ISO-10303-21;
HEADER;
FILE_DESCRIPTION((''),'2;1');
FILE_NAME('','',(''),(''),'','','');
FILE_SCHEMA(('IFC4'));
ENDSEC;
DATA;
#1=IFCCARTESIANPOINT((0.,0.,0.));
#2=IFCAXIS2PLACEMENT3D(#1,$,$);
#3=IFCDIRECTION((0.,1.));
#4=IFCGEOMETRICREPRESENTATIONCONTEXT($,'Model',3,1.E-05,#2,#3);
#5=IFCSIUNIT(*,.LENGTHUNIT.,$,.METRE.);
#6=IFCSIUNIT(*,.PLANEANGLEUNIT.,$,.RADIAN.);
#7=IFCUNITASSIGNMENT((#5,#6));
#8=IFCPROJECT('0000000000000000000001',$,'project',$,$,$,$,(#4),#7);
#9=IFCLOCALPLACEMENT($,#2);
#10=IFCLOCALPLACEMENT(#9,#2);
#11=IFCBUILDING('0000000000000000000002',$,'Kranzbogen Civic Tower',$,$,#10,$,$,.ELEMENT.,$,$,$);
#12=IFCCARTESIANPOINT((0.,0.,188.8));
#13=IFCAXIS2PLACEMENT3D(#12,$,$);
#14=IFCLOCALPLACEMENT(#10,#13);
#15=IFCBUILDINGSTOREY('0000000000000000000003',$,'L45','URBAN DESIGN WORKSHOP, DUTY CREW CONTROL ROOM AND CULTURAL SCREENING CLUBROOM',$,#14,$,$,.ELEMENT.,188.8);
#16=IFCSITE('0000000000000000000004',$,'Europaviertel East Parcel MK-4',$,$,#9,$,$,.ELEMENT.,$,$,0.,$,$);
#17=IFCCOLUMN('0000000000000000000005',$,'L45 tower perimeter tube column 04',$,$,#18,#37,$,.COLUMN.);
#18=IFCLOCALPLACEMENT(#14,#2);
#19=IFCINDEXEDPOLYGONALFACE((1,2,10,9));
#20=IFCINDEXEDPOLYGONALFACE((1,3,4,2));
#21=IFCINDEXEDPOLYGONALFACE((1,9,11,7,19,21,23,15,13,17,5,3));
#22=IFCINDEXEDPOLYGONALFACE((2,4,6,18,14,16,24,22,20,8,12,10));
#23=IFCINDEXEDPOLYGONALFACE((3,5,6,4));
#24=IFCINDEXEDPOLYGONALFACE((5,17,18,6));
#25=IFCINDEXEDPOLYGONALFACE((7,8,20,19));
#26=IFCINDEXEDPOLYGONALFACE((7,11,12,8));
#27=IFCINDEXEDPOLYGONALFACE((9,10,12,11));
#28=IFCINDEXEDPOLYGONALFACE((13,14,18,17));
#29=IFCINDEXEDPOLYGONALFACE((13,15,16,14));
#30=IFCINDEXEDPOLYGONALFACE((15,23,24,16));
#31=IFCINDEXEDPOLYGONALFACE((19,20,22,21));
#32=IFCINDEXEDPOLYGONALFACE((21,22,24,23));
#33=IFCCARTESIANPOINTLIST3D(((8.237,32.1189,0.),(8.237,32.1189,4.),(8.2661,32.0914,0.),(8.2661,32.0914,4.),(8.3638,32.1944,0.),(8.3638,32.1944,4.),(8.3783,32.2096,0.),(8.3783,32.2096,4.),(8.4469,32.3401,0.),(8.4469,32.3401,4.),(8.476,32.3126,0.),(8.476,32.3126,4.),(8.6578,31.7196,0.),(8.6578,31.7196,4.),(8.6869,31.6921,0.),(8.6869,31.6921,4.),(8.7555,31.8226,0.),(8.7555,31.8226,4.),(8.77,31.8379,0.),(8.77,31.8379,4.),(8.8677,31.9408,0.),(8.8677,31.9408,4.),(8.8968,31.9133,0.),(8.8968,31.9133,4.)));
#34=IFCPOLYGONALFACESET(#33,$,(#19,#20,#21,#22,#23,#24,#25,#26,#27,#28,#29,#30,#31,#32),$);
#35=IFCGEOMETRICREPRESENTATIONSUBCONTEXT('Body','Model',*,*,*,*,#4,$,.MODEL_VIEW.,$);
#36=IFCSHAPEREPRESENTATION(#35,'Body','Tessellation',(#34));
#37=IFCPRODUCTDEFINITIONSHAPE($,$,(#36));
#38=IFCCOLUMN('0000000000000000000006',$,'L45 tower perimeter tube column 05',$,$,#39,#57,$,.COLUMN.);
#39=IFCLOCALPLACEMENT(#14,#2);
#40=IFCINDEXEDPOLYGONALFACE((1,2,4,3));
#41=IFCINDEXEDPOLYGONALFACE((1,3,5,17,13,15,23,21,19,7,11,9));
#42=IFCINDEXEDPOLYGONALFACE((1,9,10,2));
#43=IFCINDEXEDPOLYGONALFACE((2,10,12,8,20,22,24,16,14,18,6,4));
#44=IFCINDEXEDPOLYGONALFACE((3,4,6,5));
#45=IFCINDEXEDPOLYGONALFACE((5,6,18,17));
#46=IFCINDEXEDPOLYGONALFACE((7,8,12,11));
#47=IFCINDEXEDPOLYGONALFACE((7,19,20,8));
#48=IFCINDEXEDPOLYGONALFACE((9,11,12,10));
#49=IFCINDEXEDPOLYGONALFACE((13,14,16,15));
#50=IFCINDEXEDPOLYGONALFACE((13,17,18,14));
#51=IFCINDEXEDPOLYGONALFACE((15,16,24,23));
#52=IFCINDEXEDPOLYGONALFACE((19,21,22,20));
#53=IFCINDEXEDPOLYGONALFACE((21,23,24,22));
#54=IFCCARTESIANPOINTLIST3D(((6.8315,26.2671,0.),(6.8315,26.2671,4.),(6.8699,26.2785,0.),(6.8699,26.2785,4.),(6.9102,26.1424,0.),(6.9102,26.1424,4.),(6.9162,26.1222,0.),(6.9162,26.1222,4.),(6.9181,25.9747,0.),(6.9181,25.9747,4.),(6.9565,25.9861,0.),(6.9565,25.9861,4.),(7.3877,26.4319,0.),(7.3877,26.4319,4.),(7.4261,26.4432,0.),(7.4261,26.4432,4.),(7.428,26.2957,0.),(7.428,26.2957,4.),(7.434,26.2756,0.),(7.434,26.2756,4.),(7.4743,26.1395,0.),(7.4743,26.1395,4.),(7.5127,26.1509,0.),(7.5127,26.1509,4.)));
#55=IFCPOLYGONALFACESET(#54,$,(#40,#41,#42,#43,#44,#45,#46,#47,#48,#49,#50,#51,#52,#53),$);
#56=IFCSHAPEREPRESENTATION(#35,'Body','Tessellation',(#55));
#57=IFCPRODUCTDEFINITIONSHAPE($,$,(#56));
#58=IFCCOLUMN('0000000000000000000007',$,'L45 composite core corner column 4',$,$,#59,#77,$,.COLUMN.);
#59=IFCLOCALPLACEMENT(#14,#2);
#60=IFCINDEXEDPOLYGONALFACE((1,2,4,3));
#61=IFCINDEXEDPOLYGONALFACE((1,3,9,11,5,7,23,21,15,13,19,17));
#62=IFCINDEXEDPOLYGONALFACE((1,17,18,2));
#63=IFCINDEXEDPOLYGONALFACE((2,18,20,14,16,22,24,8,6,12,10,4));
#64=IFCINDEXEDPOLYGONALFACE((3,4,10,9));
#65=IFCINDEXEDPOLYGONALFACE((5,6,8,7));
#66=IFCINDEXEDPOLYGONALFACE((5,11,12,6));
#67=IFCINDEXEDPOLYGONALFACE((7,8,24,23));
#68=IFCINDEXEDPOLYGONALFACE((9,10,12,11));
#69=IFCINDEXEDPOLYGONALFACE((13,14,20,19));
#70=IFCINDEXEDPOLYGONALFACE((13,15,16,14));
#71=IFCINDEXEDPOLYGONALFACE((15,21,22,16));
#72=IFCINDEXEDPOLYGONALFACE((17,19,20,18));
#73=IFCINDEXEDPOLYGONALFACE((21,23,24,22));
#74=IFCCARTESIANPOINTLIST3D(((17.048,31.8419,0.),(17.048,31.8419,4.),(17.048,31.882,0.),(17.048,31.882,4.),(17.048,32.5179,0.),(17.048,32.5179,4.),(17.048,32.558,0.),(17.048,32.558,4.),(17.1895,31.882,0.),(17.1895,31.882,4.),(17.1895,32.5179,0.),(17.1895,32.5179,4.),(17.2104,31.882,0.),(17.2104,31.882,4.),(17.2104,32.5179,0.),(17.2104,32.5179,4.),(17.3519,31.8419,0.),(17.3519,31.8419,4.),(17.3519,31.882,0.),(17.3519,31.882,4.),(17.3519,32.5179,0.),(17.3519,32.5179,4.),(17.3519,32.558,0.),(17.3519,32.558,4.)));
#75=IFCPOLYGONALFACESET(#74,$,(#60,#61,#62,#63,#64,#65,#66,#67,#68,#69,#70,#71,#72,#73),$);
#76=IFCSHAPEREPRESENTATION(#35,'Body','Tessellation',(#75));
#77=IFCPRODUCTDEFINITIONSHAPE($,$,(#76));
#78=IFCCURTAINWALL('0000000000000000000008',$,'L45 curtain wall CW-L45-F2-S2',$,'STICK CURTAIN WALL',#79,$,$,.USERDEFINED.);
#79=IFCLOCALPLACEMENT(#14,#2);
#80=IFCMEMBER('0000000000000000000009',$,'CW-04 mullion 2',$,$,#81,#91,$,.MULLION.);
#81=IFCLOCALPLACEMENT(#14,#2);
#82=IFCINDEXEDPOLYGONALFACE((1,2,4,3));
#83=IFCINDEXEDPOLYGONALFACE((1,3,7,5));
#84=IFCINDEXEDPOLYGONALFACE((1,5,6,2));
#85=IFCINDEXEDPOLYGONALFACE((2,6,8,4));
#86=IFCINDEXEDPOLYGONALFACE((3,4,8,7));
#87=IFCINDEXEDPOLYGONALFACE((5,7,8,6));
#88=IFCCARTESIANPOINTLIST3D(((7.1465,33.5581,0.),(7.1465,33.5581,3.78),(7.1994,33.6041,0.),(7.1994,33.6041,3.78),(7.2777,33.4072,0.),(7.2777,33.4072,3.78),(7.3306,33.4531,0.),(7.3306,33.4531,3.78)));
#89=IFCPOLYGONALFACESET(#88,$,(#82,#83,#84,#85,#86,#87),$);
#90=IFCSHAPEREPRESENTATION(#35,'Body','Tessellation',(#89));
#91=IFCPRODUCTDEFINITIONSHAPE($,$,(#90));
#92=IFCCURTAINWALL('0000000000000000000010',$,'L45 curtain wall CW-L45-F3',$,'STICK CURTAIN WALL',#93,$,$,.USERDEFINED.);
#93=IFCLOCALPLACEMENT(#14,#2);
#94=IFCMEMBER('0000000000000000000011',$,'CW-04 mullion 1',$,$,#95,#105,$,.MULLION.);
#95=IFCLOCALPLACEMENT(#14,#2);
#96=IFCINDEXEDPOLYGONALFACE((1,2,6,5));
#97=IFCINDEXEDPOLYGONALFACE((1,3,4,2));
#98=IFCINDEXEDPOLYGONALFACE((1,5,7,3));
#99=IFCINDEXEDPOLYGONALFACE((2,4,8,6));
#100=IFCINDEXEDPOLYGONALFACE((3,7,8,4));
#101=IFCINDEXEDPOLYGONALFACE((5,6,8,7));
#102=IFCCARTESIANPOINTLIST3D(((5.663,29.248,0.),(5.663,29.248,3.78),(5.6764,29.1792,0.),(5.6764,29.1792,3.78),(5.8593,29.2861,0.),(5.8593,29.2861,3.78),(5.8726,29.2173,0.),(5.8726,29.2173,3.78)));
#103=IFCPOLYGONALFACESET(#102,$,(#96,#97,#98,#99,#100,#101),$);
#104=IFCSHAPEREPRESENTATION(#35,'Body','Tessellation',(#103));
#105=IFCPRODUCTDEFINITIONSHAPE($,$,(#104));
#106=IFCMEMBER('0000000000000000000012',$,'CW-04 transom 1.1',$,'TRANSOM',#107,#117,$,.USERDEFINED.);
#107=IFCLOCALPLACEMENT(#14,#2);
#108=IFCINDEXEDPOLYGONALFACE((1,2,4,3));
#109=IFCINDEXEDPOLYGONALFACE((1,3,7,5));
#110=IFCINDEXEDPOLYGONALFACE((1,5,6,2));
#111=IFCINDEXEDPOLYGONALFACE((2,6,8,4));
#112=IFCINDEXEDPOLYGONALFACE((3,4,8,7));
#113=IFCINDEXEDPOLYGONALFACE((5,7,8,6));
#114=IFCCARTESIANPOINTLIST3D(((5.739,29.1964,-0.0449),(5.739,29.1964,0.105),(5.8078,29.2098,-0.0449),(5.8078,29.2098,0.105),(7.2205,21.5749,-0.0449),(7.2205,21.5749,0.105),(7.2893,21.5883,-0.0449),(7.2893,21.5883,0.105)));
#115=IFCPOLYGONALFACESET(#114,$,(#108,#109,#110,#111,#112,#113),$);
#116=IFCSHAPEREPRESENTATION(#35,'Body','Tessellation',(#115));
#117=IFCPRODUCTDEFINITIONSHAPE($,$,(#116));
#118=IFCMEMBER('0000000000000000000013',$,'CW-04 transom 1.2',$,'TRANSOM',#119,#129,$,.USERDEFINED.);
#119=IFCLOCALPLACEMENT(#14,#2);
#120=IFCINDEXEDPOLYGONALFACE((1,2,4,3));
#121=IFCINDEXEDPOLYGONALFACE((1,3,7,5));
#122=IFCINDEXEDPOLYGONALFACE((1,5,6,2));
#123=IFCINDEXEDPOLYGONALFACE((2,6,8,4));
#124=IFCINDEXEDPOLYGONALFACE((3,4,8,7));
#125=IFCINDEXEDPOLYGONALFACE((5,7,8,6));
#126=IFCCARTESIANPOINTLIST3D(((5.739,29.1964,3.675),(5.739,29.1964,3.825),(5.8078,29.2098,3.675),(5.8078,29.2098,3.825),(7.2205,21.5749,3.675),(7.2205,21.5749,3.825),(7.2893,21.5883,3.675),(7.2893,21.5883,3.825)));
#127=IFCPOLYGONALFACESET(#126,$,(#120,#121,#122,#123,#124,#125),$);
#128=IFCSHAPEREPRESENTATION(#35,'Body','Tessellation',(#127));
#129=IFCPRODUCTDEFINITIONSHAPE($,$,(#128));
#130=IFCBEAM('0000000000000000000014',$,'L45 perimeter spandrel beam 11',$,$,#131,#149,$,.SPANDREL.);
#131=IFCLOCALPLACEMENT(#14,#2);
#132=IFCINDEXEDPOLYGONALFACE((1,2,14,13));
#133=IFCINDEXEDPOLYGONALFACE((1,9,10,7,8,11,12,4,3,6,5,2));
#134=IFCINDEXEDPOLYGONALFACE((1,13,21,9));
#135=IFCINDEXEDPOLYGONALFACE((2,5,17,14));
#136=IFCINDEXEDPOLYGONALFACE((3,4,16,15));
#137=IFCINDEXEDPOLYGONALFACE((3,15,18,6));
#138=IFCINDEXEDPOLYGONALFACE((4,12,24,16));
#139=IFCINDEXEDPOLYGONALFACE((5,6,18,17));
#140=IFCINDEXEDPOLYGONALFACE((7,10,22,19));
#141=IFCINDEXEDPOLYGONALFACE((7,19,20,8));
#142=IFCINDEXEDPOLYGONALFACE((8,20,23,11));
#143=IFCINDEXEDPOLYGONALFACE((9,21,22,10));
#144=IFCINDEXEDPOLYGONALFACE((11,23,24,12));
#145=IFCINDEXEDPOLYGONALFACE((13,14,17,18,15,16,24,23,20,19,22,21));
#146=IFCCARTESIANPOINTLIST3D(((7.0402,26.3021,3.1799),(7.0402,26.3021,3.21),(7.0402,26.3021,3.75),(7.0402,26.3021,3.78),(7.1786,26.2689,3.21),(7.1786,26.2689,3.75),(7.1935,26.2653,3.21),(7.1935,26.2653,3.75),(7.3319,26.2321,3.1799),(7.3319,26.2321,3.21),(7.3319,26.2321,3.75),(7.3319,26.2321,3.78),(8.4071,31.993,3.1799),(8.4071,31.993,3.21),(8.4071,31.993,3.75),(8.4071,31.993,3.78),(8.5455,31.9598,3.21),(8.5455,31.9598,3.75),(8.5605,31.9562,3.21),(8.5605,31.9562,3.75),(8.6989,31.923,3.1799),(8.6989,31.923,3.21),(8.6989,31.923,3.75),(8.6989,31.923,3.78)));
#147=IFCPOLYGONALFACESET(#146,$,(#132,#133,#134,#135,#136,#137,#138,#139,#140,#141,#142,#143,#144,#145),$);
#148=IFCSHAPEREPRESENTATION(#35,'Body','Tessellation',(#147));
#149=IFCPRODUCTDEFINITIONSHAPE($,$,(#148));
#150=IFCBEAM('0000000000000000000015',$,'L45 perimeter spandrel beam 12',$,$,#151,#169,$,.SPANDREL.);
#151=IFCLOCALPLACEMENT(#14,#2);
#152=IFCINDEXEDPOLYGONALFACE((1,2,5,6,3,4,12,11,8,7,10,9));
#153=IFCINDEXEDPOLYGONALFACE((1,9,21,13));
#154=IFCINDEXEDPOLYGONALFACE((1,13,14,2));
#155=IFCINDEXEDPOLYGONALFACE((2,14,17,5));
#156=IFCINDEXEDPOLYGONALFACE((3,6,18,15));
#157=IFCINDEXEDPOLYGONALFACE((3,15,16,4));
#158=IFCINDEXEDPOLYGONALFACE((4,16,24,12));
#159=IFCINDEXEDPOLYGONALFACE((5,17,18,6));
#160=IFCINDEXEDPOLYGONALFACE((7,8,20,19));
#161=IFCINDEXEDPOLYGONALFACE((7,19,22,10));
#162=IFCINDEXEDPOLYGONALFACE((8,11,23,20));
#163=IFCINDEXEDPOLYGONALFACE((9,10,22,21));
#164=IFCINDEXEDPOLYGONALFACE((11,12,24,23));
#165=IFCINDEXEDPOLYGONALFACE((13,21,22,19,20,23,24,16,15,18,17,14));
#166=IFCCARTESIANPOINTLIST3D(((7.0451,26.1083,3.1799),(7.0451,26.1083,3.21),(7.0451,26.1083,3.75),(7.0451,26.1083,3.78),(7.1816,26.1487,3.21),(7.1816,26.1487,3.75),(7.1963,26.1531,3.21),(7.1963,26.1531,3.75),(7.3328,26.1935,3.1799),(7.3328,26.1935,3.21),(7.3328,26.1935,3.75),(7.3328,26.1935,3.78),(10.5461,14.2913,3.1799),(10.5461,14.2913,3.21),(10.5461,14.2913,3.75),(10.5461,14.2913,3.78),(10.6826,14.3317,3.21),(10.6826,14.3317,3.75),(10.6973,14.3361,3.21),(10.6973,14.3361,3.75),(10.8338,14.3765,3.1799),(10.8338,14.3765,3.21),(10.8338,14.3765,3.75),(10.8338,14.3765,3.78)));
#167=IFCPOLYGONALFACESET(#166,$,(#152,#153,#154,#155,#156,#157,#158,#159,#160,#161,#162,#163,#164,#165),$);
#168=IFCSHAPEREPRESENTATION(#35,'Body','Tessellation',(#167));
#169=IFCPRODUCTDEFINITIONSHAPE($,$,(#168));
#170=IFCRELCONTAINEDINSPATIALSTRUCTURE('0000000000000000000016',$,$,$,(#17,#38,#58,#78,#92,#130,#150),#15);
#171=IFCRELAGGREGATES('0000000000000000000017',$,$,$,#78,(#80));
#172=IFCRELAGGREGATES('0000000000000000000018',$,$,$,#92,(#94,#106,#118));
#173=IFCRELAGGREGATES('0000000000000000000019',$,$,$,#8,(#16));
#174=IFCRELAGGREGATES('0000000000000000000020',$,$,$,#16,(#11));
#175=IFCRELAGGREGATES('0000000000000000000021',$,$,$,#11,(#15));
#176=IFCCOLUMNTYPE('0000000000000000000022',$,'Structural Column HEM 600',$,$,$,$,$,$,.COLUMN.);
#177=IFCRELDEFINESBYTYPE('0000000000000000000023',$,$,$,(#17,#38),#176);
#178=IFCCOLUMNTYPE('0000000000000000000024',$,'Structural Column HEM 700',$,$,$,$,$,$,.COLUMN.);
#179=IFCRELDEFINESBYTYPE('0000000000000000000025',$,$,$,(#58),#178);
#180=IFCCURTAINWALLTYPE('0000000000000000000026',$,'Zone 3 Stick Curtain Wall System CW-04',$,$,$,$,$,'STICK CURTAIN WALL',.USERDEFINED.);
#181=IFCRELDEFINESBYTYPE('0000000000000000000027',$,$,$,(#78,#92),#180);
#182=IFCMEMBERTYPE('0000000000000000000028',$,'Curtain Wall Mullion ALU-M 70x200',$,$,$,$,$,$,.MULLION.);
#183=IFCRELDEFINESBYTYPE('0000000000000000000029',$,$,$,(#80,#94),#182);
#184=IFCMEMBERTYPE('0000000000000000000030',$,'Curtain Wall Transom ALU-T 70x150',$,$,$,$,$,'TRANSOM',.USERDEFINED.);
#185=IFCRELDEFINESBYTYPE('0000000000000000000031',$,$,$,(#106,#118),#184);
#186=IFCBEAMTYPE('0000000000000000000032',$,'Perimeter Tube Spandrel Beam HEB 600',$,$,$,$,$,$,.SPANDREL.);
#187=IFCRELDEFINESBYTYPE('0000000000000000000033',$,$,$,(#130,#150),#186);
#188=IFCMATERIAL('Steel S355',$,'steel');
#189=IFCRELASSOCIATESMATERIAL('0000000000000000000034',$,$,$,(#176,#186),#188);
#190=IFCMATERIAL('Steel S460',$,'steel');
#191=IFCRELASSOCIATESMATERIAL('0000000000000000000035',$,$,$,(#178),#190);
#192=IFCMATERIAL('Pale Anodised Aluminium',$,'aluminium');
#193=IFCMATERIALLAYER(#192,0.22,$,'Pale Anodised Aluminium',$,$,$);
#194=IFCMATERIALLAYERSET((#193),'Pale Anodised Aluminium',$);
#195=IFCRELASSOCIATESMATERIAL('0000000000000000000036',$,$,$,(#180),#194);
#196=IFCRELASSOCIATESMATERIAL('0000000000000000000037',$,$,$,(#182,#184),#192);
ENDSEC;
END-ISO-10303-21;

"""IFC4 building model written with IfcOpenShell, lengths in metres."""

from ifc_helpers import new_model, si_unit, direction, frame, origin, origin_2d, place, context, subcontext, project, spatial, rectangle, i_section, extrude, material, layer, layer_set, material_profile, profile_set, type_object, element, aggregate, save


model = new_model("IFC4")

# Units and contexts
model_context = context("Model", 3, precision=1e-05, world=origin(), true_north=direction((0.0, 1.0)))
body_context = subcontext(model_context, "Body", "Model", "MODEL_VIEW")
ifc_project = project(units=[si_unit("LENGTHUNIT", "METRE"), si_unit("PLANEANGLEUNIT", "RADIAN")], contexts=[model_context])

# Site, building, storey
site_placement = place(None, origin())
site = spatial("IfcSite", under=ifc_project, at=site_placement, Name="Europaviertel East Parcel MK-4", CompositionType="ELEMENT", RefElevation=0.0)
building_placement = place(site_placement, origin())
building = spatial("IfcBuilding", under=site, at=building_placement, Name="Kranzbogen Civic Tower", CompositionType="ELEMENT")
storey_placement = place(building_placement, frame((0.0, 0.0, 188.8)))
storey = spatial("IfcBuildingStorey", under=building, at=storey_placement, Name="L45", Description="URBAN DESIGN WORKSHOP, DUTY CREW CONTROL ROOM AND CULTURAL SCREENING CLUBROOM", CompositionType="ELEMENT", Elevation=188.8)

# Columns
ifc_material_1 = material(Name="Steel S355", Category="steel")
ifc_material_profile_1 = material_profile(ifc_material_1, i_section(OverallWidth=0.3049, OverallDepth=0.6201, WebThickness=0.021, FlangeThickness=0.04, at=origin_2d()), Name="HEM 600")
ifc_profile_set_1 = profile_set([ifc_material_profile_1], Name="Steel S355")
column_type_1 = type_object("IfcColumnType", Name="Structural Column HEM 600", PredefinedType="COLUMN", material=ifc_profile_set_1)
for number, where, z_axis, x_axis, name in (
    (1, (8.5669, 32.0161, 0.0), (0.0, 0.0, 1.0), (0.688355, 0.725374, 0.0), "L45 tower perimeter tube column 04"),
    (2, (7.1721, 26.209, 0.0), (0.0, 0.0, 1.0), (-0.284015, 0.95882, 0.0), "L45 tower perimeter tube column 05"),
):
    element("IfcColumn", number, at=place(storey_placement, frame(where, z_axis=z_axis, x_axis=x_axis)), inside=storey, type_object=column_type_1, Name=name, PredefinedType="COLUMN", context=body_context, shape_type="SweptSolid", body=[
        extrude(i_section(OverallWidth=0.3049, OverallDepth=0.6201, WebThickness=0.021, FlangeThickness=0.04, at=origin_2d()), origin(), (0.0, 0.0, 1.0), 4.0),
    ])
ifc_material_2 = material(Name="Steel S460", Category="steel")
ifc_material_profile_2 = material_profile(ifc_material_2, i_section(OverallWidth=0.304, OverallDepth=0.7161, WebThickness=0.021, FlangeThickness=0.04, at=origin_2d()), Name="HEM 700")
ifc_profile_set_2 = profile_set([ifc_material_profile_2], Name="Steel S460")
column_type_2 = type_object("IfcColumnType", Name="Structural Column HEM 700", PredefinedType="COLUMN", material=ifc_profile_set_2)
column_placement = place(storey_placement, frame((17.2, 32.2, 0.0), z_axis=(0.0, 0.0, 1.0), x_axis=(1.0, 0.0, 0.0)))
element("IfcColumn", 3, at=column_placement, inside=storey, type_object=column_type_2, Name="L45 composite core corner column 4", PredefinedType="COLUMN", context=body_context, shape_type="SweptSolid", body=[
    extrude(i_section(OverallWidth=0.304, OverallDepth=0.7161, WebThickness=0.021, FlangeThickness=0.04, at=origin_2d()), origin(), (0.0, 0.0, 1.0), 4.0),
])

# Curtain wall, member
ifc_material_3 = material(Name="Pale Anodised Aluminium", Category="aluminium")
ifc_layer_1 = layer(ifc_material_3, 0.22, Name="Pale Anodised Aluminium")
ifc_layer_set_1 = layer_set([ifc_layer_1], Name="Pale Anodised Aluminium")
curtain_wall_type = type_object("IfcCurtainWallType", Name="Zone 3 Stick Curtain Wall System CW-04", ElementType="STICK CURTAIN WALL", PredefinedType="USERDEFINED", material=ifc_layer_set_1)
curtain_wall_1_placement = place(storey_placement, origin())
curtain_wall_1 = element("IfcCurtainWall", 4, at=curtain_wall_1_placement, inside=storey, type_object=curtain_wall_type, Name="L45 curtain wall CW-L45-F2-S2", ObjectType="STICK CURTAIN WALL", PredefinedType="USERDEFINED")
ifc_material_profile_3 = material_profile(ifc_material_3, rectangle(XDim=0.0701, YDim=0.2, at=origin_2d()), Name="ALU-M 70x200")
ifc_profile_set_3 = profile_set([ifc_material_profile_3], Name="Pale Anodised Aluminium")
member_type_1 = type_object("IfcMemberType", Name="Curtain Wall Mullion ALU-M 70x200", PredefinedType="MULLION", material=ifc_profile_set_3)
member_1_placement = place(storey_placement, frame((7.2385, 33.5056, 0.0), z_axis=(0.0, 0.0, 1.0), x_axis=(-0.754741, -0.656022, 0.0)))
member_1 = element("IfcMember", 5, at=member_1_placement, type_object=member_type_1, Name="CW-04 mullion 2", PredefinedType="MULLION", context=body_context, shape_type="SweptSolid", body=[
    extrude(rectangle(XDim=0.0701, YDim=0.2, at=origin_2d()), origin(), (0.0, 0.0, 1.0), 3.78),
])
aggregate(curtain_wall_1, [member_1])

# Curtain wall, members
curtain_wall_2_placement = place(storey_placement, origin())
curtain_wall_2 = element("IfcCurtainWall", 6, at=curtain_wall_2_placement, inside=storey, type_object=curtain_wall_type, Name="L45 curtain wall CW-L45-F3", ObjectType="STICK CURTAIN WALL", PredefinedType="USERDEFINED")
member_2_placement = place(storey_placement, frame((5.7678, 29.2327, 0.0), z_axis=(0.0, 0.0, 1.0), x_axis=(0.190788, -0.981631, 0.0)))
member_2 = element("IfcMember", 7, at=member_2_placement, type_object=member_type_1, Name="CW-04 mullion 1", PredefinedType="MULLION", context=body_context, shape_type="SweptSolid", body=[
    extrude(rectangle(XDim=0.0701, YDim=0.2, at=origin_2d()), origin(), (0.0, 0.0, 1.0), 3.78),
])
ifc_material_profile_4 = material_profile(ifc_material_3, rectangle(XDim=0.0701, YDim=0.1499, at=origin_2d()), Name="ALU-T 70x150")
ifc_profile_set_4 = profile_set([ifc_material_profile_4], Name="Pale Anodised Aluminium")
member_type_2 = type_object("IfcMemberType", Name="Curtain Wall Transom ALU-T 70x150", ElementType="TRANSOM", PredefinedType="USERDEFINED", material=ifc_profile_set_4)
member_3_placement = place(storey_placement, frame((5.7734, 29.2031, 0.03), z_axis=(0.190804, -0.981628, 0.0), x_axis=(0.981628, 0.190804, 0.0)))
member_3 = element("IfcMember", 8, at=member_3_placement, type_object=member_type_2, Name="CW-04 transom 1.1", ObjectType="TRANSOM", PredefinedType="USERDEFINED", context=body_context, shape_type="SweptSolid", body=[
    extrude(rectangle(XDim=0.0701, YDim=0.1499, at=origin_2d()), origin(), (0.0, 0.0, 1.0), 7.7642),
])
member_4_placement = place(storey_placement, frame((5.7734, 29.2031, 3.75), z_axis=(0.190804, -0.981628, 0.0), x_axis=(0.981628, 0.190804, 0.0)))
member_4 = element("IfcMember", 9, at=member_4_placement, type_object=member_type_2, Name="CW-04 transom 1.2", ObjectType="TRANSOM", PredefinedType="USERDEFINED", context=body_context, shape_type="SweptSolid", body=[
    extrude(rectangle(XDim=0.0701, YDim=0.1499, at=origin_2d()), origin(), (0.0, 0.0, 1.0), 7.7642),
])

# Beams
ifc_material_profile_5 = material_profile(ifc_material_1, i_section(OverallWidth=0.3, OverallDepth=0.6001, WebThickness=0.0154, FlangeThickness=0.03, at=origin_2d()), Name="HEB 600")
ifc_profile_set_5 = profile_set([ifc_material_profile_5], Name="Steel S355")
beam_type_1 = type_object("IfcBeamType", Name="Perimeter Tube Spandrel Beam HEB 600", PredefinedType="SPANDREL", material=ifc_profile_set_5)
beam_1_placement = place(storey_placement, frame((8.553, 31.958, 3.48), z_axis=(-0.233554, -0.972344, 0.0), x_axis=(0.972344, -0.233554, 0.0)))
element("IfcBeam", 10, at=beam_1_placement, inside=storey, type_object=beam_type_1, Name="L45 perimeter spandrel beam 11", PredefinedType="SPANDREL", context=body_context, shape_type="SweptSolid", body=[
    extrude(i_section(OverallWidth=0.3, OverallDepth=0.6001, WebThickness=0.0154, FlangeThickness=0.03, at=origin_2d()), origin(), (0.0, 0.0, 1.0), 5.8528),
])
beam_2_placement = place(storey_placement, frame((7.189, 26.1509, 3.48), z_axis=(0.284064, -0.958805, 0.0), x_axis=(0.958805, 0.284064, 0.0)))
element("IfcBeam", 11, at=beam_2_placement, inside=storey, type_object=beam_type_1, Name="L45 perimeter spandrel beam 12", PredefinedType="SPANDREL", context=body_context, shape_type="SweptSolid", body=[
    extrude(i_section(OverallWidth=0.3, OverallDepth=0.6001, WebThickness=0.0154, FlangeThickness=0.03, at=origin_2d()), origin(), (0.0, 0.0, 1.0), 12.3247),
])

aggregate(curtain_wall_2, [member_2, member_3, member_4])

save(model, "model.ifc")
